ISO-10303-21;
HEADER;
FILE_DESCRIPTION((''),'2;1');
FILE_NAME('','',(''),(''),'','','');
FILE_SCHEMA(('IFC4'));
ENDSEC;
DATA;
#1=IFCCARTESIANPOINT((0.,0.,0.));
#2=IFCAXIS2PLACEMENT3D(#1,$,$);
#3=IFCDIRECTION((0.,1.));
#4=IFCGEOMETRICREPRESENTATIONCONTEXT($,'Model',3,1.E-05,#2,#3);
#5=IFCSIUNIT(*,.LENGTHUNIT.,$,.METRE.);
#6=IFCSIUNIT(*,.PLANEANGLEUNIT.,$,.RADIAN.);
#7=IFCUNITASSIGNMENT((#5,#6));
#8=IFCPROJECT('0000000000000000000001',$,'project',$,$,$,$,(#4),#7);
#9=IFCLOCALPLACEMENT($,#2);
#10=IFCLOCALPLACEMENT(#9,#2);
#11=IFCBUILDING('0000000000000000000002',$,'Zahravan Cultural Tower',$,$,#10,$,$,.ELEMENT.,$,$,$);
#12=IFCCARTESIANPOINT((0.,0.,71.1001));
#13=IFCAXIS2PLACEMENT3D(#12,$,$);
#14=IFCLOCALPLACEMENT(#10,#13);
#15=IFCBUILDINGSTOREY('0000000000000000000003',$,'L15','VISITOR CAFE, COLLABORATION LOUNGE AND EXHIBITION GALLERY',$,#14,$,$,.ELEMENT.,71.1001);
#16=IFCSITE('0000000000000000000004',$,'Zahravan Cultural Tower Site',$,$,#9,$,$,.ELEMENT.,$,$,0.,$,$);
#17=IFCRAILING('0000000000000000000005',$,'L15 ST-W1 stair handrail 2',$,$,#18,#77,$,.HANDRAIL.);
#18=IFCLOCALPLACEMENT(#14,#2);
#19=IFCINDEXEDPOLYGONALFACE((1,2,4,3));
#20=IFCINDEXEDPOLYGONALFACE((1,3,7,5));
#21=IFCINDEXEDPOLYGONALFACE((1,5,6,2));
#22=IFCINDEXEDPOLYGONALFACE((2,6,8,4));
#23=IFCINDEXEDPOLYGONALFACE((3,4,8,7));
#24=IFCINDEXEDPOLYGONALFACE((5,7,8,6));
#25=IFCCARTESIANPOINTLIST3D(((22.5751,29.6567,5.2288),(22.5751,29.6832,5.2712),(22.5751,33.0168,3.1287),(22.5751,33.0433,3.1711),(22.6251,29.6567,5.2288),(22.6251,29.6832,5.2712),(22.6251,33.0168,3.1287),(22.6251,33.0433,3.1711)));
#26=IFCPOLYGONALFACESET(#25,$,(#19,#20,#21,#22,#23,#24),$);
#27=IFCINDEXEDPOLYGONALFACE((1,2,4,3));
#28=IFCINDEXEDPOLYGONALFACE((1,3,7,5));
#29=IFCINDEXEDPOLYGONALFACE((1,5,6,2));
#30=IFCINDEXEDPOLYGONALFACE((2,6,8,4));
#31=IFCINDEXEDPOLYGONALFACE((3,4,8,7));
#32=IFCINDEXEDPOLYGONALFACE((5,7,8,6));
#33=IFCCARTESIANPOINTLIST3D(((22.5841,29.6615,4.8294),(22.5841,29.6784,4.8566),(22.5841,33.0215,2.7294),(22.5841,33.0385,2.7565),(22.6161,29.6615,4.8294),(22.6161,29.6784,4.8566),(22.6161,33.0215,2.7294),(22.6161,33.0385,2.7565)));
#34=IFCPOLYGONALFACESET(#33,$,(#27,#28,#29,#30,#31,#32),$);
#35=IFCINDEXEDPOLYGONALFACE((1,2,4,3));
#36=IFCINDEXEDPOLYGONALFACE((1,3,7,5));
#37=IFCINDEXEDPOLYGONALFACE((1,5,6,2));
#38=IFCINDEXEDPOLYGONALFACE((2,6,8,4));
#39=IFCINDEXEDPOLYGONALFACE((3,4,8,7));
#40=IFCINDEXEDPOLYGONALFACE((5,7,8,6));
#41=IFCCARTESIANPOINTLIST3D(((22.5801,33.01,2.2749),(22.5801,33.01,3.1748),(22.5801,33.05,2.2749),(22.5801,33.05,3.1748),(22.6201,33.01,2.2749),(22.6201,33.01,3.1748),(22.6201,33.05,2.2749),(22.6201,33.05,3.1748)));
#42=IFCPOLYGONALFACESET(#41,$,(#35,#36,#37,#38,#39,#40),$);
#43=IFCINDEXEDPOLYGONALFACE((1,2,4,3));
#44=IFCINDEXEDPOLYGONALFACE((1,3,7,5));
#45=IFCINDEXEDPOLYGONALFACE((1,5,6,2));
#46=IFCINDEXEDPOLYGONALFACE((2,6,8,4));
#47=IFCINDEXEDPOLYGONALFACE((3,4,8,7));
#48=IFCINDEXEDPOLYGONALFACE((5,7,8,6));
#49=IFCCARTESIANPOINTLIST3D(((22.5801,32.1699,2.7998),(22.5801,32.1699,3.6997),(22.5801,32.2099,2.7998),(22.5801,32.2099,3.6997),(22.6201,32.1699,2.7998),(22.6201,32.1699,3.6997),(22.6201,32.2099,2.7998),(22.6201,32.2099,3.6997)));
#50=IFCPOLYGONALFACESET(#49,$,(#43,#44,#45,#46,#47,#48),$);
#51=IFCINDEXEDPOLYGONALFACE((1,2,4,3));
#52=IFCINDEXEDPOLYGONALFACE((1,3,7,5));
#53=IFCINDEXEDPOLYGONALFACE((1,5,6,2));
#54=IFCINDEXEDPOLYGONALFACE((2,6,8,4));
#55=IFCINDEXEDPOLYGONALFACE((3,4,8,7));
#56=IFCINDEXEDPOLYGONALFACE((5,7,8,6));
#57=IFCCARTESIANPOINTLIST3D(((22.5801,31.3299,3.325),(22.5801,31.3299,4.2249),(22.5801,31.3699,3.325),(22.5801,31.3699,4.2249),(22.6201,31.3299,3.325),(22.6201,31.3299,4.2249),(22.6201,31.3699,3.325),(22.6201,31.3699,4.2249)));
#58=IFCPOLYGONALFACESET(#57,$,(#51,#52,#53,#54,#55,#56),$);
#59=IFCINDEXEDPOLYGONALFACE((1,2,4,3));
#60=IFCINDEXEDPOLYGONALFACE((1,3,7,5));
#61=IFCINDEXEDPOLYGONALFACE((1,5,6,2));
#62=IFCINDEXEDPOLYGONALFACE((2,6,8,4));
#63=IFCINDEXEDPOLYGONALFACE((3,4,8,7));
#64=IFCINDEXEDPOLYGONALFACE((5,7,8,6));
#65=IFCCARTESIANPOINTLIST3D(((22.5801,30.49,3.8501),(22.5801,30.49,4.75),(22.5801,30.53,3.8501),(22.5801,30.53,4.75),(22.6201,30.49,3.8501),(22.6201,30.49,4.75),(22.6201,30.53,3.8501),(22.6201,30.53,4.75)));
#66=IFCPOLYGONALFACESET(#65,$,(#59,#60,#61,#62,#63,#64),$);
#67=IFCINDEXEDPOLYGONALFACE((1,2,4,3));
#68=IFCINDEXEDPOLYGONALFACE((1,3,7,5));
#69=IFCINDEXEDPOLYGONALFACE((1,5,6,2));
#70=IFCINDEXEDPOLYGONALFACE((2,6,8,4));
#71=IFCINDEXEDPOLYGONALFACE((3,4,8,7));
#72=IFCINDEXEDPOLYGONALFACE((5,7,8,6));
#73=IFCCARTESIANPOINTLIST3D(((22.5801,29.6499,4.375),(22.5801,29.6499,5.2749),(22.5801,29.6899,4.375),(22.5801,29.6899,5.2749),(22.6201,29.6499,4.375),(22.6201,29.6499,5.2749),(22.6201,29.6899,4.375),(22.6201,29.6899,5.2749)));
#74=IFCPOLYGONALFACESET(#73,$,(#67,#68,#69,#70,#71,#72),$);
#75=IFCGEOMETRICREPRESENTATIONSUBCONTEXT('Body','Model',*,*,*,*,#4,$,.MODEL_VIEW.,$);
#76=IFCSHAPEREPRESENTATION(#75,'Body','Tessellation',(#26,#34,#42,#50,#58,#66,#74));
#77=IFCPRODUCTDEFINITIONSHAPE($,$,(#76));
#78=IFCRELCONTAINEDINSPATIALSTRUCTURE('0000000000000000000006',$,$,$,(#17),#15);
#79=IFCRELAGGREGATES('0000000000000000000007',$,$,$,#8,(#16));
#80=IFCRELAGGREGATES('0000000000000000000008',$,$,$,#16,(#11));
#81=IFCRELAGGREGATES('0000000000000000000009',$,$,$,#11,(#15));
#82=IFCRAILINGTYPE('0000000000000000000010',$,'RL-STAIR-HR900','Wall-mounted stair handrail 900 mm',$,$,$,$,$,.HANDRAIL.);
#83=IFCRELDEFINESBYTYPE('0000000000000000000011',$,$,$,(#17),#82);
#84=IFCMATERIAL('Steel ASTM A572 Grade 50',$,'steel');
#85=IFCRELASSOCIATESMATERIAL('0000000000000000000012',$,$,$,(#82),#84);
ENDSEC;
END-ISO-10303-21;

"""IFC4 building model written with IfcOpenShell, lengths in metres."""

from ifc_helpers import new_model, si_unit, direction, frame, origin, origin_2d, place, context, subcontext, project, spatial, rectangle, extrude, material, type_object, element, save


model = new_model("IFC4")

# Units and contexts
model_context = context("Model", 3, precision=1e-05, world=origin(), true_north=direction((0.0, 1.0)))
body_context = subcontext(model_context, "Body", "Model", "MODEL_VIEW")
ifc_project = project(units=[si_unit("LENGTHUNIT", "METRE"), si_unit("PLANEANGLEUNIT", "RADIAN")], contexts=[model_context])

# Site, building, storey
site_placement = place(None, origin())
site = spatial("IfcSite", under=ifc_project, at=site_placement, Name="Zahravan Cultural Tower Site", CompositionType="ELEMENT", RefElevation=0.0)
building_placement = place(site_placement, origin())
building = spatial("IfcBuilding", under=site, at=building_placement, Name="Zahravan Cultural Tower", CompositionType="ELEMENT")
storey_placement = place(building_placement, frame((0.0, 0.0, 71.1001)))
storey = spatial("IfcBuildingStorey", under=building, at=storey_placement, Name="L15", Description="VISITOR CAFE, COLLABORATION LOUNGE AND EXHIBITION GALLERY", CompositionType="ELEMENT", Elevation=71.1001)

# Shared definitions
ifc_material_1 = material(Name="Steel ASTM A572 Grade 50", Category="steel")

# Railing
railing_type_1 = type_object("IfcRailingType", Name="RL-STAIR-HR900", Description="Wall-mounted stair handrail 900 mm", PredefinedType="HANDRAIL", material=ifc_material_1)
railing_1_placement = place(storey_placement, frame((22.6001, 33.03, 2.2749)))
element("IfcRailing", 1, at=railing_1_placement, inside=storey, type_object=railing_type_1, Name="L15 ST-W1 stair handrail 2", PredefinedType="HANDRAIL", context=body_context, shape_type="SweptSolid", body=[
    extrude(rectangle(XDim=0.05, YDim=0.05, at=origin_2d()), frame((0.0, 0.0, 0.875), z_axis=(0.0, -0.847995, 0.530004), x_axis=(1.0, 0.0, 0.0)), (0.0, 0.0, 1.0), 3.9624),
    extrude(rectangle(XDim=0.032, YDim=0.032, at=origin_2d()), frame((0.0, 0.0, 0.468), z_axis=(0.0, -0.847995, 0.530004), x_axis=(1.0, 0.0, 0.0)), (0.0, 0.0, 1.0), 3.9624),
    extrude(rectangle(XDim=0.04, YDim=0.04, at=origin_2d()), origin(), (0.0, 0.0, 1.0), 0.8999),
    extrude(rectangle(XDim=0.04, YDim=0.04, at=origin_2d()), frame((0.0, -0.8401, 0.5249)), (0.0, 0.0, 1.0), 0.8999),
    extrude(rectangle(XDim=0.04, YDim=0.04, at=origin_2d()), frame((0.0, -1.6802, 1.05)), (0.0, 0.0, 1.0), 0.8999),
    extrude(rectangle(XDim=0.04, YDim=0.04, at=origin_2d()), frame((0.0, -2.52, 1.5752)), (0.0, 0.0, 1.0), 0.8999),
    extrude(rectangle(XDim=0.04, YDim=0.04, at=origin_2d()), frame((0.0, -3.3601, 2.1001)), (0.0, 0.0, 1.0), 0.8999),
])

save(model, "model.ifc")
